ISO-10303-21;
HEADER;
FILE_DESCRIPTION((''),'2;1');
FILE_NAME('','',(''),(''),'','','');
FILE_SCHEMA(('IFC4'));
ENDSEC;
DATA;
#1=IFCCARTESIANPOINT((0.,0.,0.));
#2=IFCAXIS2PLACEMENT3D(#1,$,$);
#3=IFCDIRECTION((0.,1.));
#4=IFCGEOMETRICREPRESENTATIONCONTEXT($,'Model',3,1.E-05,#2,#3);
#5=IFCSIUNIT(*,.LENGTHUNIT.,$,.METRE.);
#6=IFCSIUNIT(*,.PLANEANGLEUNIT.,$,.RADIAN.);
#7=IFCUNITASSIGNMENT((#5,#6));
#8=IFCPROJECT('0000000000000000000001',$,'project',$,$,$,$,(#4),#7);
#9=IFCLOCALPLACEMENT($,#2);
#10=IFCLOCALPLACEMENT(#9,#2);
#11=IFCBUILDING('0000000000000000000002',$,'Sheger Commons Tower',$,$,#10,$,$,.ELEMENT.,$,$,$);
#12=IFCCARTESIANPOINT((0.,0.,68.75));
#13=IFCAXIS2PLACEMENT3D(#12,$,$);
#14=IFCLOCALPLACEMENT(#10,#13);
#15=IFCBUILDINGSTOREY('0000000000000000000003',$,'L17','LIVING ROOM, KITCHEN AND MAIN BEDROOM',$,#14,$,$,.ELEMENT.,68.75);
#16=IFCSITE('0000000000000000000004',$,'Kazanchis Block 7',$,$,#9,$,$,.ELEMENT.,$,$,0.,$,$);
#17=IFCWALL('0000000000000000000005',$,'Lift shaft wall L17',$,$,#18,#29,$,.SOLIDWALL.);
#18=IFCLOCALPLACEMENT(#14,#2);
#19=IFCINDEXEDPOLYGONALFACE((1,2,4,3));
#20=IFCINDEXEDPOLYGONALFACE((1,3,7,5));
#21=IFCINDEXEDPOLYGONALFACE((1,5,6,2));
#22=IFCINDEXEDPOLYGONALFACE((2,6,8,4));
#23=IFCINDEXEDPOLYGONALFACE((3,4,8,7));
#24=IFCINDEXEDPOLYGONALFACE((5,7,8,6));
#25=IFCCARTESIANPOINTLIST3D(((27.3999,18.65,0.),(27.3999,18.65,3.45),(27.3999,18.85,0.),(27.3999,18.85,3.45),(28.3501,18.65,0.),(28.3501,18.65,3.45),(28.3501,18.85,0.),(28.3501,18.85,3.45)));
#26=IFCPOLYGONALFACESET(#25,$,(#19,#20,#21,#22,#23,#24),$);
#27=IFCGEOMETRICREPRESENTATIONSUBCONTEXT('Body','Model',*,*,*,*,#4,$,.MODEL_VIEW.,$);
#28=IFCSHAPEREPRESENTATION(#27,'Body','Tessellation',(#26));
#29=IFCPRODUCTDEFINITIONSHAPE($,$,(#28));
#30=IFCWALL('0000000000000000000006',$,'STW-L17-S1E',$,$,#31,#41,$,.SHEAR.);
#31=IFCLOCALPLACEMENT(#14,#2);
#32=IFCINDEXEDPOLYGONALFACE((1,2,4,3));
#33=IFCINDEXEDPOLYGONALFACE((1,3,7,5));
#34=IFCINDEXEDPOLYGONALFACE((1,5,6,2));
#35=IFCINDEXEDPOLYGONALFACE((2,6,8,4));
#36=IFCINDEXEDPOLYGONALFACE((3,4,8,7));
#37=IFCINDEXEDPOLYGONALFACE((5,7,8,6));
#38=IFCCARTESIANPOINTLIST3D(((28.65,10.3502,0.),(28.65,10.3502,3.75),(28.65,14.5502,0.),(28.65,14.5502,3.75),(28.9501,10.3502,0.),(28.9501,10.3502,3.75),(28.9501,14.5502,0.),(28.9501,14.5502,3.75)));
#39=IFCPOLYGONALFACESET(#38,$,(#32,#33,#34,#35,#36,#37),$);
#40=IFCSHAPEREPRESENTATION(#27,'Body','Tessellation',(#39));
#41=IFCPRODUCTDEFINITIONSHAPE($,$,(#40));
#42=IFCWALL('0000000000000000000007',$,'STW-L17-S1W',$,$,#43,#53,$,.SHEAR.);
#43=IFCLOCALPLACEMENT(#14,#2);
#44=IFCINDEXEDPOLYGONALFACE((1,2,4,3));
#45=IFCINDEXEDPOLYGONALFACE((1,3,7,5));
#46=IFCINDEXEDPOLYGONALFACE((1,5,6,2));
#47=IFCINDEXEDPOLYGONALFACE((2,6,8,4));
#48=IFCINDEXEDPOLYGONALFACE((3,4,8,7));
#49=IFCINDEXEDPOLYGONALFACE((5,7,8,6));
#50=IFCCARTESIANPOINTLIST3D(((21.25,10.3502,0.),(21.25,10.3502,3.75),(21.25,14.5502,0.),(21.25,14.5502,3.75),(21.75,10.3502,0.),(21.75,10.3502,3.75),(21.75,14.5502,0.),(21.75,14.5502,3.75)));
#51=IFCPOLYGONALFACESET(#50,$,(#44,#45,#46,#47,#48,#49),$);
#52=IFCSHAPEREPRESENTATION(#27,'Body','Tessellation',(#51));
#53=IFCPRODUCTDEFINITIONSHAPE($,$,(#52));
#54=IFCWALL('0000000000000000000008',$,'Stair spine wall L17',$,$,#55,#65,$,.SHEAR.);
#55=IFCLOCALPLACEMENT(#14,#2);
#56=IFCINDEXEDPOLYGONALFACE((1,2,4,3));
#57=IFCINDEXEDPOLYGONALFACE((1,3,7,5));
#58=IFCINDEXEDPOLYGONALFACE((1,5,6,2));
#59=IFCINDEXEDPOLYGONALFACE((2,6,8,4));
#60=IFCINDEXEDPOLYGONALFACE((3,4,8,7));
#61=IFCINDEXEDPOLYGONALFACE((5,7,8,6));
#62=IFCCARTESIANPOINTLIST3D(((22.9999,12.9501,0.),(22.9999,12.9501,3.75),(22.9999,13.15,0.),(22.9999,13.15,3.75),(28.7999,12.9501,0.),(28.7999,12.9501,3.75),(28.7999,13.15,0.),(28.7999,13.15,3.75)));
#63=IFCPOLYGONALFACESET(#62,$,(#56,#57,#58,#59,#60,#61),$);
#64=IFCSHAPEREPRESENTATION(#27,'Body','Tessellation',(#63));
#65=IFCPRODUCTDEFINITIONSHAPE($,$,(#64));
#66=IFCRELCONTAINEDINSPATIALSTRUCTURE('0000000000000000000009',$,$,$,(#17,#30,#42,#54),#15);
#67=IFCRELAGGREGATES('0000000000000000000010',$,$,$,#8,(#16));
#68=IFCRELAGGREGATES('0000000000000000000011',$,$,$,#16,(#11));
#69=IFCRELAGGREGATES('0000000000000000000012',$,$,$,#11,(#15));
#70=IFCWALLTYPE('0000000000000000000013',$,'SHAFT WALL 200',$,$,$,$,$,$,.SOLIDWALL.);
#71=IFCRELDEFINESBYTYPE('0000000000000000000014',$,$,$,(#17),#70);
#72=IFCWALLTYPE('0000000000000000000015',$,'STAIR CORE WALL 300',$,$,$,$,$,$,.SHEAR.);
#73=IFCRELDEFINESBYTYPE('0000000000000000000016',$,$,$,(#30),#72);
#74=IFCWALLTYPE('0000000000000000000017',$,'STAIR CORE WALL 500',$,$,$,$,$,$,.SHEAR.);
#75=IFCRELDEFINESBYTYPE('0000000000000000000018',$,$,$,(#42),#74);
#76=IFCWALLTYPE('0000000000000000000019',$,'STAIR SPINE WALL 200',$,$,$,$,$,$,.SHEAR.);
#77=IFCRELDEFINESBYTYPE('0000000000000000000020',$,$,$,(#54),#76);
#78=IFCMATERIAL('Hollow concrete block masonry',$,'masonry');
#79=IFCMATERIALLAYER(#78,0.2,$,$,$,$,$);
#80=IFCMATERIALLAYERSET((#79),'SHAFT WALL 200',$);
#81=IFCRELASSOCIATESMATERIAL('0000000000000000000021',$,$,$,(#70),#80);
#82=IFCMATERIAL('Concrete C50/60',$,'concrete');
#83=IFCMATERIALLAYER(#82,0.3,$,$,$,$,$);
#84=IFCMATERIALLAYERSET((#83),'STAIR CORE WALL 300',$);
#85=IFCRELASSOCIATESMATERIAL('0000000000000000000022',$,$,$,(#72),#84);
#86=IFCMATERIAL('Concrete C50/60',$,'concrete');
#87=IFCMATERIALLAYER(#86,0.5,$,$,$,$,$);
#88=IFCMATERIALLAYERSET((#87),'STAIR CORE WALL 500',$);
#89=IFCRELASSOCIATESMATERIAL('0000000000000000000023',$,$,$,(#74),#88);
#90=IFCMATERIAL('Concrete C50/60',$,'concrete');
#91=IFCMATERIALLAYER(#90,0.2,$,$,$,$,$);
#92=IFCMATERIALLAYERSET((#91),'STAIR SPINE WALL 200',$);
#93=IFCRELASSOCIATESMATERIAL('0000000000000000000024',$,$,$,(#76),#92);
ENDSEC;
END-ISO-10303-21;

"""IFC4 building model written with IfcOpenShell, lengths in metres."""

from ifc_helpers import new_model, si_unit, direction, frame, frame_2d, origin, place, context, subcontext, project, spatial, rectangle, extrude, material, layer, layer_set, type_object, element, save


model = new_model("IFC4")

# Units and contexts
model_context = context("Model", 3, precision=1e-05, world=origin(), true_north=direction((0.0, 1.0)))
body_context = subcontext(model_context, "Body", "Model", "MODEL_VIEW")
ifc_project = project(units=[si_unit("LENGTHUNIT", "METRE"), si_unit("PLANEANGLEUNIT", "RADIAN")], contexts=[model_context])

# Site, building, storey
site_placement = place(None, origin())
site = spatial("IfcSite", under=ifc_project, at=site_placement, Name="Kazanchis Block 7", CompositionType="ELEMENT", RefElevation=0.0)
building_placement = place(site_placement, origin())
building = spatial("IfcBuilding", under=site, at=building_placement, Name="Sheger Commons Tower", CompositionType="ELEMENT")
storey_placement = place(building_placement, frame((0.0, 0.0, 68.75)))
storey = spatial("IfcBuildingStorey", under=building, at=storey_placement, Name="L17", Description="LIVING ROOM, KITCHEN AND MAIN BEDROOM", CompositionType="ELEMENT", Elevation=68.75)

# Walls
ifc_material_1 = material(Name="Hollow concrete block masonry", Category="masonry")
ifc_layer_1 = layer(ifc_material_1, 0.2)
ifc_layer_set_1 = layer_set([ifc_layer_1], Name="SHAFT WALL 200")
wall_type_1 = type_object("IfcWallType", Name="SHAFT WALL 200", PredefinedType="SOLIDWALL", material=ifc_layer_set_1)
wall_1_placement = place(storey_placement, frame((27.3999, 18.75, 0.0), z_axis=(0.0, 0.0, 1.0), x_axis=(1.0, 0.0, 0.0)))
element("IfcWall", 1, at=wall_1_placement, inside=storey, type_object=wall_type_1, Name="Lift shaft wall L17", PredefinedType="SOLIDWALL", context=body_context, shape_type="SweptSolid", body=[
    extrude(rectangle(XDim=0.9502, YDim=0.2, at=frame_2d((0.4751, 0.0))), origin(), (0.0, 0.0, 1.0), 3.45),
])
ifc_material_2 = material(Name="Concrete C50/60", Category="concrete")
ifc_layer_2 = layer(ifc_material_2, 0.3)
ifc_layer_set_2 = layer_set([ifc_layer_2], Name="STAIR CORE WALL 300")
wall_type_2 = type_object("IfcWallType", Name="STAIR CORE WALL 300", PredefinedType="SHEAR", material=ifc_layer_set_2)
wall_2_placement = place(storey_placement, frame((28.8, 10.3501, 0.0), z_axis=(0.0, 0.0, 1.0), x_axis=(0.0, 1.0, 0.0)))
element("IfcWall", 2, at=wall_2_placement, inside=storey, type_object=wall_type_2, Name="STW-L17-S1E", PredefinedType="SHEAR", context=body_context, shape_type="SweptSolid", body=[
    extrude(rectangle(XDim=4.2, YDim=0.3, at=frame_2d((2.1001, 0.0))), origin(), (0.0, 0.0, 1.0), 3.75),
])
ifc_material_3 = material(Name="Concrete C50/60", Category="concrete")
ifc_layer_3 = layer(ifc_material_3, 0.5)
ifc_layer_set_3 = layer_set([ifc_layer_3], Name="STAIR CORE WALL 500")
wall_type_3 = type_object("IfcWallType", Name="STAIR CORE WALL 500", PredefinedType="SHEAR", material=ifc_layer_set_3)
wall_3_placement = place(storey_placement, frame((21.5, 10.3501, 0.0), z_axis=(0.0, 0.0, 1.0), x_axis=(0.0, 1.0, 0.0)))
element("IfcWall", 3, at=wall_3_placement, inside=storey, type_object=wall_type_3, Name="STW-L17-S1W", PredefinedType="SHEAR", context=body_context, shape_type="SweptSolid", body=[
    extrude(rectangle(XDim=4.2, YDim=0.5, at=frame_2d((2.1001, 0.0))), origin(), (0.0, 0.0, 1.0), 3.75),
])
ifc_material_4 = material(Name="Concrete C50/60", Category="concrete")
ifc_layer_4 = layer(ifc_material_4, 0.2)
ifc_layer_set_4 = layer_set([ifc_layer_4], Name="STAIR SPINE WALL 200")
wall_type_4 = type_object("IfcWallType", Name="STAIR SPINE WALL 200", PredefinedType="SHEAR", material=ifc_layer_set_4)
wall_4_placement = place(storey_placement, frame((23.0, 13.05, 0.0), z_axis=(0.0, 0.0, 1.0), x_axis=(1.0, 0.0, 0.0)))
element("IfcWall", 4, at=wall_4_placement, inside=storey, type_object=wall_type_4, Name="Stair spine wall L17", PredefinedType="SHEAR", context=body_context, shape_type="SweptSolid", body=[
    extrude(rectangle(XDim=5.8, YDim=0.2, at=frame_2d((2.8999, 0.0))), origin(), (0.0, 0.0, 1.0), 3.75),
])

save(model, "model.ifc")
